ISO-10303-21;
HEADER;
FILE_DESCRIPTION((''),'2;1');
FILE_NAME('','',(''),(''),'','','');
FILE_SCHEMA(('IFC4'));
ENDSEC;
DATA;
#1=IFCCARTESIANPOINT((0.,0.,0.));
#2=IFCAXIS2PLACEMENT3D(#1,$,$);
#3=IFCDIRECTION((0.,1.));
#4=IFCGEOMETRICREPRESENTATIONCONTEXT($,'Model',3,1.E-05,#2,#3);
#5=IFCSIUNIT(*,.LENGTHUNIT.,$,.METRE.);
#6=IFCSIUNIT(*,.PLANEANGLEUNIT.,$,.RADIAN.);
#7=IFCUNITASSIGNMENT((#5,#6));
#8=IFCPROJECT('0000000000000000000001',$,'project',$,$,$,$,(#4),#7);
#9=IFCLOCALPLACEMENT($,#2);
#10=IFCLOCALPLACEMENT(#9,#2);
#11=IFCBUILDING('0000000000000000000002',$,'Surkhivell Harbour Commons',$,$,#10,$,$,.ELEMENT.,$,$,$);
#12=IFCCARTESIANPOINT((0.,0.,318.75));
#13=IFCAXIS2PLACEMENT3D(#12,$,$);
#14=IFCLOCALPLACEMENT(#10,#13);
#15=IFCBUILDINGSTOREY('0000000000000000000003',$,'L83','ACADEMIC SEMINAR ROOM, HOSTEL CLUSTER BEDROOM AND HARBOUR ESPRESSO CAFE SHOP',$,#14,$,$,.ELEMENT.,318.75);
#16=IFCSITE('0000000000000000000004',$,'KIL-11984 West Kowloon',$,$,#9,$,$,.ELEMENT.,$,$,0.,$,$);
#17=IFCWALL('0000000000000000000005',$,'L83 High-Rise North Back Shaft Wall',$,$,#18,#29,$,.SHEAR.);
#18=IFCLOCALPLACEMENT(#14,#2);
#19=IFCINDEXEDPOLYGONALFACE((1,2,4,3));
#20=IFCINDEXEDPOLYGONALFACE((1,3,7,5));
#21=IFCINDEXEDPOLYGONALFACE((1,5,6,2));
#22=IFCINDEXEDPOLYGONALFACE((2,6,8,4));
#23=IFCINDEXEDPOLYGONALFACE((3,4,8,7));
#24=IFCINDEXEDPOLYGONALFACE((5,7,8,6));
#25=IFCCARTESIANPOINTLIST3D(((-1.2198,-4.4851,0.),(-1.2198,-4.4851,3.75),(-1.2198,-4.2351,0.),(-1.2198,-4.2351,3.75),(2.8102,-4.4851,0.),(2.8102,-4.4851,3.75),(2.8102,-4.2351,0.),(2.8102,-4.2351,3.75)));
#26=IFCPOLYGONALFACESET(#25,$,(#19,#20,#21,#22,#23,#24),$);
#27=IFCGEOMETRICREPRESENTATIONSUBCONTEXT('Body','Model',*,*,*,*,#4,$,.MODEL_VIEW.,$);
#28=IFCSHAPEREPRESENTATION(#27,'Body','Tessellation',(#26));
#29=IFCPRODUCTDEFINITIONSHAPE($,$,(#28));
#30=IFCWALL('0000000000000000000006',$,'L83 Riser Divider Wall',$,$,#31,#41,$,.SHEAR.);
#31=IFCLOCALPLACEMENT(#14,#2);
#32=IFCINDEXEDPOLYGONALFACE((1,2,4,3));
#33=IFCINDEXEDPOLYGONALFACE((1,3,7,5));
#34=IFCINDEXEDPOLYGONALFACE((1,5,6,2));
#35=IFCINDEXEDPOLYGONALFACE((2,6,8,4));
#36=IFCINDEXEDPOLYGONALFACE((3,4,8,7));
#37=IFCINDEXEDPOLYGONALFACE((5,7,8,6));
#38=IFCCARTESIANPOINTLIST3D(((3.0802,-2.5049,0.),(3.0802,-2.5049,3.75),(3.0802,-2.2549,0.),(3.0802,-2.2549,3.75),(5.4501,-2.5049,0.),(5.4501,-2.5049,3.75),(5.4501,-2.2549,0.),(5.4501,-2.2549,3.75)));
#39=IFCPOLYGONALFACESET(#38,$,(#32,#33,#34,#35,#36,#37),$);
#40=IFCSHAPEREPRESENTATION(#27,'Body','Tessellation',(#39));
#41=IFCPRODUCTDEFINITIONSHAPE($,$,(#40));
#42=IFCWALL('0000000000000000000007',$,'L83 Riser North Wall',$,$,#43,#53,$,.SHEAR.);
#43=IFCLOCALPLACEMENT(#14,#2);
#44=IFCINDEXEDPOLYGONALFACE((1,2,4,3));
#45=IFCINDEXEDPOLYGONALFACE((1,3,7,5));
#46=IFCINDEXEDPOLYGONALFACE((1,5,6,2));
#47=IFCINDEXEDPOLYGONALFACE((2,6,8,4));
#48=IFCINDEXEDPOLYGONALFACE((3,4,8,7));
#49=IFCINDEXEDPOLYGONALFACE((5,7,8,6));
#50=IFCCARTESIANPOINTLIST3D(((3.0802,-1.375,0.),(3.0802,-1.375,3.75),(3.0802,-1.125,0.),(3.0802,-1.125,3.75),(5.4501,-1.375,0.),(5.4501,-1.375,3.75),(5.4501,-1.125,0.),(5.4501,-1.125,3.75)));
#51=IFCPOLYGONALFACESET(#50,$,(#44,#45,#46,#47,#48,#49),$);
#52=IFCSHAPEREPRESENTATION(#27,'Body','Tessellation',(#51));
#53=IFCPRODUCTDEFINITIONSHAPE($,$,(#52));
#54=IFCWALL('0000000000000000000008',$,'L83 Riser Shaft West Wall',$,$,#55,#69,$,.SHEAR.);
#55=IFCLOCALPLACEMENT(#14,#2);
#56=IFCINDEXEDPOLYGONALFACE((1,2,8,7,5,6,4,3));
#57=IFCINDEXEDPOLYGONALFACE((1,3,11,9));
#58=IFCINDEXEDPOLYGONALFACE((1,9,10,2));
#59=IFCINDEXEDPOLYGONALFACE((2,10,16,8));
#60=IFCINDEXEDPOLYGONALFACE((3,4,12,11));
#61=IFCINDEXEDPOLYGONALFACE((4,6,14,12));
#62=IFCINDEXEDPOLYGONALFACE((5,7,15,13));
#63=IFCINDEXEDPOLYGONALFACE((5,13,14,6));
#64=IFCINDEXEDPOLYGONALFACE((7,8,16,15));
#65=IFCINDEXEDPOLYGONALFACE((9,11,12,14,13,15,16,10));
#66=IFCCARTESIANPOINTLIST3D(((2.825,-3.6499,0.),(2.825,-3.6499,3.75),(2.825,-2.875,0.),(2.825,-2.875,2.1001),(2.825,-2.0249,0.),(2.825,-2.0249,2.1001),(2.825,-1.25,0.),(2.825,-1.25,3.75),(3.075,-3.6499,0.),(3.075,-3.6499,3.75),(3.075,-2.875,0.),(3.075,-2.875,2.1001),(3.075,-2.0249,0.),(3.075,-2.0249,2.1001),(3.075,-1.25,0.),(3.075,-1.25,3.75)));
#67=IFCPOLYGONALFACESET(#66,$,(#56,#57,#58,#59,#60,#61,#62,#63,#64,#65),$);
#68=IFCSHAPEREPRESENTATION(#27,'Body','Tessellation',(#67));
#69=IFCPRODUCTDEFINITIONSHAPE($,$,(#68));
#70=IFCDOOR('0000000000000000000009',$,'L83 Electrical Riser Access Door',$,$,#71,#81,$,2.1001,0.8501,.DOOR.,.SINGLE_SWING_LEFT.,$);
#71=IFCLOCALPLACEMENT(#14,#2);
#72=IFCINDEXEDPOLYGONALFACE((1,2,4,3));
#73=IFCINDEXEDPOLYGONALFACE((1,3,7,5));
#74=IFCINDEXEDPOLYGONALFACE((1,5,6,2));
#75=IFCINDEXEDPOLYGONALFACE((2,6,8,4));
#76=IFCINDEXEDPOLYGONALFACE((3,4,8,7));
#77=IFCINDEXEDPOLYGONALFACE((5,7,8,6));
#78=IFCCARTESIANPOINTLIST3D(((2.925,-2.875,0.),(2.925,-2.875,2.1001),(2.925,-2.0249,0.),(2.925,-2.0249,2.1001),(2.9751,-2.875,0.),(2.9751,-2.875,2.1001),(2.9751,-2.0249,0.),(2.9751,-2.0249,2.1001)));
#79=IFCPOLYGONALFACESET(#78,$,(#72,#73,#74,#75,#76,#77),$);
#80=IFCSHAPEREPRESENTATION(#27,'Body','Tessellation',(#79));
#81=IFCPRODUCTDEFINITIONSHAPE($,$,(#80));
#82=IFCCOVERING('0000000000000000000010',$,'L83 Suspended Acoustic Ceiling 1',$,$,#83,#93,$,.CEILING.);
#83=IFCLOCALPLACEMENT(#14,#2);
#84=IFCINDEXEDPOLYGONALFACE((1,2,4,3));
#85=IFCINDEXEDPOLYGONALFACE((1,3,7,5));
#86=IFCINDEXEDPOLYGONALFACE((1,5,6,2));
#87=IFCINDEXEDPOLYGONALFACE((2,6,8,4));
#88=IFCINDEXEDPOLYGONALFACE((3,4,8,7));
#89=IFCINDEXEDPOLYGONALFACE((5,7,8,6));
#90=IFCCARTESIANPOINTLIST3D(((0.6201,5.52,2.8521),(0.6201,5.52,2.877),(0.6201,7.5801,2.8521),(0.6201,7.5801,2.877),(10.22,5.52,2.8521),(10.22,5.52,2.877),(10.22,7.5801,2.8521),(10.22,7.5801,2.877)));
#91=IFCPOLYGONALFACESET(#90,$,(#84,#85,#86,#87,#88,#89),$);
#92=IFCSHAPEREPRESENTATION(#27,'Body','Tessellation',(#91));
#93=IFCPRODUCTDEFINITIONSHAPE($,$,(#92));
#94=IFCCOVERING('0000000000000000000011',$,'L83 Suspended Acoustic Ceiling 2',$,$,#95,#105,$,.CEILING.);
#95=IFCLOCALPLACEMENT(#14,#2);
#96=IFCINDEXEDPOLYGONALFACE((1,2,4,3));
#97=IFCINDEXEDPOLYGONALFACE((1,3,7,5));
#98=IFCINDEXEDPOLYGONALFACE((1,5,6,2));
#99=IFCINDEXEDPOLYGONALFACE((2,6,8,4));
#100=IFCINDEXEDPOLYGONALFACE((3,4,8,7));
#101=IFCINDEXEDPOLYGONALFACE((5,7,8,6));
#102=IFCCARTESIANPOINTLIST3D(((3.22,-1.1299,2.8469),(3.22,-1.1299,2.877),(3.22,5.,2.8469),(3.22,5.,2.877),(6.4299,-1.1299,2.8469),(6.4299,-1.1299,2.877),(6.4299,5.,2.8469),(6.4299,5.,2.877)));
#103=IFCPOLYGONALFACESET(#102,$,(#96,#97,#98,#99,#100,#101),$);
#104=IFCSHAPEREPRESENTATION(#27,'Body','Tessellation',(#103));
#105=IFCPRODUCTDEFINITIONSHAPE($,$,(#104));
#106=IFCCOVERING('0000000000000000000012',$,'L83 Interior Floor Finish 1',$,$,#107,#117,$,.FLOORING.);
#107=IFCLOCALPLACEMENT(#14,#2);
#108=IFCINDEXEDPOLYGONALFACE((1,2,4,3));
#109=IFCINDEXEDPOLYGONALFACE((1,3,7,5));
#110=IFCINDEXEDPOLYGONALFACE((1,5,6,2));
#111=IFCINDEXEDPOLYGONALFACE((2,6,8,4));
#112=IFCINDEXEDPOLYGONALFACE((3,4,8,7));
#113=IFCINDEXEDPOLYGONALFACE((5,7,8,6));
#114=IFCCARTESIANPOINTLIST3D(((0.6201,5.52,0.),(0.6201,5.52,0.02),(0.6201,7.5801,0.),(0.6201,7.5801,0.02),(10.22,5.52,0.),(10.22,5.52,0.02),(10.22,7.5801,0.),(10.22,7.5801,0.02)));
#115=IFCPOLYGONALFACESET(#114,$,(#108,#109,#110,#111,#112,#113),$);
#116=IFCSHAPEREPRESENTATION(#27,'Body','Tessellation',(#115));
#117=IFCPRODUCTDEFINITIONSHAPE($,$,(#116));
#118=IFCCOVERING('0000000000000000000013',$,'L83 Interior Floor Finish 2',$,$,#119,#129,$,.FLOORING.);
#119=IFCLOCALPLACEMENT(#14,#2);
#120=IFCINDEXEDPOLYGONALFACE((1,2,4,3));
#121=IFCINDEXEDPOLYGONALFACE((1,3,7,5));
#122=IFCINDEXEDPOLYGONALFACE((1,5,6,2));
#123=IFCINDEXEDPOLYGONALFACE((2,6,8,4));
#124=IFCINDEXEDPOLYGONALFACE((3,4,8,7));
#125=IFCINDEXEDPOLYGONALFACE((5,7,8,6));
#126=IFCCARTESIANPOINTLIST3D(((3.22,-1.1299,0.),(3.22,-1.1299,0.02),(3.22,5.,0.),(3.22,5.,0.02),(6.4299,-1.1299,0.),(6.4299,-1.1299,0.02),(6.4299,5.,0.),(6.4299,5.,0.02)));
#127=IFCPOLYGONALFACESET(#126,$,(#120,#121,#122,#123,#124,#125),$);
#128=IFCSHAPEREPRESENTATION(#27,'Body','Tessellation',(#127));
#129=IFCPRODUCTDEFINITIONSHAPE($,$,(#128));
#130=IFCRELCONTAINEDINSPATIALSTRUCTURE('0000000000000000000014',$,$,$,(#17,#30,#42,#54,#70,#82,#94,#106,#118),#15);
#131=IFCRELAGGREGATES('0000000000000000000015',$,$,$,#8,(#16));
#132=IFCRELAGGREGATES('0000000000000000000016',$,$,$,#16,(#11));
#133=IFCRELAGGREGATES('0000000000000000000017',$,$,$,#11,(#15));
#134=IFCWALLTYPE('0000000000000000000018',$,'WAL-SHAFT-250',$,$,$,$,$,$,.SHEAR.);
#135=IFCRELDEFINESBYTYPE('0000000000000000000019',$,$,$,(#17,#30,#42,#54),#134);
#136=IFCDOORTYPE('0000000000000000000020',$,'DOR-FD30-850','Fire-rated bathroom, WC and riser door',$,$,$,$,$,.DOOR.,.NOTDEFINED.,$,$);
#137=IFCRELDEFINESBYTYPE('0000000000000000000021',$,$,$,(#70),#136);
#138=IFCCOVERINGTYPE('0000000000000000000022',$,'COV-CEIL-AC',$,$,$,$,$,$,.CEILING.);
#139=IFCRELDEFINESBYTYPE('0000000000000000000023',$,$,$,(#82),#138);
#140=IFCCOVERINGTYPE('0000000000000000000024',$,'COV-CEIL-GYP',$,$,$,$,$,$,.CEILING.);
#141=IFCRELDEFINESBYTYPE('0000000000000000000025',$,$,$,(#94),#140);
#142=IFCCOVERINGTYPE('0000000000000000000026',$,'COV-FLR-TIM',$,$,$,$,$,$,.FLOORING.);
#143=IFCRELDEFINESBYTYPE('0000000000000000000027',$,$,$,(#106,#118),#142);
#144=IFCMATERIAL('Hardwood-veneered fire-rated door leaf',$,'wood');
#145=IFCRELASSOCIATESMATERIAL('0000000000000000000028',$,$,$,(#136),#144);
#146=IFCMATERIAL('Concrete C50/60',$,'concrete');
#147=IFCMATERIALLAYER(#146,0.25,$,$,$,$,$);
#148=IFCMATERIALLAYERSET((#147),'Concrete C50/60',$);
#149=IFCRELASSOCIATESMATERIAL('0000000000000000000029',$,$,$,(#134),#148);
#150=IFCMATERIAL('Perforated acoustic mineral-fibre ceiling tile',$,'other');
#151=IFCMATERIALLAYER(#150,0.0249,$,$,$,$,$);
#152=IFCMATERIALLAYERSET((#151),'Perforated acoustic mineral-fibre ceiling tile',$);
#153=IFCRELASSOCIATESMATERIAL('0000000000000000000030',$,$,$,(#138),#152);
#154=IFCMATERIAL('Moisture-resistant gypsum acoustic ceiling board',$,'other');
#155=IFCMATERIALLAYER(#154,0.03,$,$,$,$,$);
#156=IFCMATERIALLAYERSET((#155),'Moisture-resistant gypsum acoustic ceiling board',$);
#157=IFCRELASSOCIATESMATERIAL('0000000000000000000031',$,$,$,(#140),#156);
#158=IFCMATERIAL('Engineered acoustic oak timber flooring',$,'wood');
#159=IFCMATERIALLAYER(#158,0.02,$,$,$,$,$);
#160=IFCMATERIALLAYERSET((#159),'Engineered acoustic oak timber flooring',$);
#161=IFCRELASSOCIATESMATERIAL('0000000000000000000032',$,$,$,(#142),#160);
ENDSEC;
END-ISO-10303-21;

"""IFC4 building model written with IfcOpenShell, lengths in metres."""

from ifc_helpers import new_model, si_unit, direction, frame, frame_2d, origin, place, context, subcontext, project, spatial, polyline, rectangle, outline, extrude, material, layer, layer_set, type_object, element, fill, save


model = new_model("IFC4")

# Units and contexts
model_context = context("Model", 3, precision=1e-05, world=origin(), true_north=direction((0.0, 1.0)))
body_context = subcontext(model_context, "Body", "Model", "MODEL_VIEW")
ifc_project = project(units=[si_unit("LENGTHUNIT", "METRE"), si_unit("PLANEANGLEUNIT", "RADIAN")], contexts=[model_context])

# Site, building, storey
site_placement = place(None, origin())
site = spatial("IfcSite", under=ifc_project, at=site_placement, Name="KIL-11984 West Kowloon", CompositionType="ELEMENT", RefElevation=0.0)
building_placement = place(site_placement, origin())
building = spatial("IfcBuilding", under=site, at=building_placement, Name="Surkhivell Harbour Commons", CompositionType="ELEMENT")
storey_placement = place(building_placement, frame((0.0, 0.0, 318.75)))
storey = spatial("IfcBuildingStorey", under=building, at=storey_placement, Name="L83", Description="ACADEMIC SEMINAR ROOM, HOSTEL CLUSTER BEDROOM AND HARBOUR ESPRESSO CAFE SHOP", CompositionType="ELEMENT", Elevation=318.75)

# Shared definitions
ifc_material_1 = material(Name="Hardwood-veneered fire-rated door leaf", Category="wood")
door_type_1 = type_object("IfcDoorType", Name="DOR-FD30-850", Description="Fire-rated bathroom, WC and riser door", OperationType="NOTDEFINED", PredefinedType="DOOR", material=ifc_material_1)

# Shared definitions
ifc_material_2 = material(Name="Concrete C50/60", Category="concrete")
ifc_layer_1 = layer(ifc_material_2, 0.25)
ifc_layer_set_1 = layer_set([ifc_layer_1], Name="Concrete C50/60")
wall_type_1 = type_object("IfcWallType", Name="WAL-SHAFT-250", PredefinedType="SHEAR", material=ifc_layer_set_1)

# Walls
wall_1_placement = place(storey_placement, frame((-1.22, -4.3601, 0.0), z_axis=(0.0, 0.0, 1.0), x_axis=(1.0, 0.0, 0.0)))
element("IfcWall", 1, at=wall_1_placement, inside=storey, type_object=wall_type_1, Name="L83 High-Rise North Back Shaft Wall", PredefinedType="SHEAR", context=body_context, shape_type="SweptSolid", body=[
    extrude(rectangle(XDim=4.03, YDim=0.25, at=frame_2d((2.0151, 0.0))), origin(), (0.0, 0.0, 1.0), 3.75),
])
for number, where, z_axis, x_axis, name in (
    (2, (3.0801, -2.3799, 0.0), (0.0, 0.0, 1.0), (1.0, 0.0, 0.0), "L83 Riser Divider Wall"),
    (3, (3.0801, -1.25, 0.0), (0.0, 0.0, 1.0), (1.0, 0.0, 0.0), "L83 Riser North Wall"),
):
    element("IfcWall", number, at=place(storey_placement, frame(where, z_axis=z_axis, x_axis=x_axis)), inside=storey, type_object=wall_type_1, Name=name, PredefinedType="SHEAR", context=body_context, shape_type="SweptSolid", body=[
        extrude(rectangle(XDim=2.3699, YDim=0.25, at=frame_2d((1.1851, 0.0))), origin(), (0.0, 0.0, 1.0), 3.75),
    ])

# Wall, opening, door
wall_2_placement = place(storey_placement, frame((2.95, -3.6499, 0.0), z_axis=(0.0, 0.0, 1.0), x_axis=(0.0, 1.0, 0.0)))
wall_2 = element("IfcWall", 4, at=wall_2_placement, inside=storey, type_object=wall_type_1, Name="L83 Riser Shaft West Wall", PredefinedType="SHEAR", context=body_context, shape_type="SweptSolid", body=[
    extrude(rectangle(XDim=2.3999, YDim=0.25, at=frame_2d((1.2, 0.0))), origin(), (0.0, 0.0, 1.0), 3.75),
])
opening_1_placement = place(wall_2_placement, frame((0.7749, 0.0, 0.0)))
opening_1 = element("IfcOpeningElement", 5, at=opening_1_placement, cuts=wall_2, PredefinedType="OPENING", context=body_context, shape_type="SweptSolid", body=[
    extrude(rectangle(XDim=0.8501, YDim=2.1001, at=frame_2d((0.425, 1.05))), frame((0.0, 0.135, 0.0), z_axis=(0.0, -1.0, 0.0), x_axis=(1.0, 0.0, 0.0)), (0.0, 0.0, 1.0), 0.27),
])
door_1_placement = place(opening_1_placement, origin())
door_1 = element("IfcDoor", 6, at=door_1_placement, inside=storey, type_object=door_type_1, Name="L83 Electrical Riser Access Door", OperationType="SINGLE_SWING_LEFT", OverallHeight=2.1001, OverallWidth=0.8501, PredefinedType="DOOR", context=body_context, shape_type="SweptSolid", body=[
    extrude(rectangle(XDim=0.8501, YDim=2.1001, at=frame_2d((0.425, 1.05))), frame((0.0, 0.0249, 0.0), z_axis=(0.0, -1.0, 0.0), x_axis=(1.0, 0.0, 0.0)), (0.0, 0.0, 1.0), 0.05),
])
fill(opening_1, door_1)

# Coverings
ifc_material_3 = material(Name="Perforated acoustic mineral-fibre ceiling tile", Category="other")
ifc_layer_2 = layer(ifc_material_3, 0.0249)
ifc_layer_set_2 = layer_set([ifc_layer_2], Name="Perforated acoustic mineral-fibre ceiling tile")
covering_type_1 = type_object("IfcCoveringType", Name="COV-CEIL-AC", PredefinedType="CEILING", material=ifc_layer_set_2)
covering_1_placement = place(storey_placement, frame((0.0, 0.0, 2.8521)))
element("IfcCovering", 7, at=covering_1_placement, inside=storey, type_object=covering_type_1, Name="L83 Suspended Acoustic Ceiling 1", PredefinedType="CEILING", context=body_context, shape_type="SweptSolid", body=[
    extrude(outline(polyline([(0.6201, 5.52), (10.22, 5.52), (10.22, 7.5801), (0.6201, 7.5801), (0.6201, 5.52)])), origin(), (0.0, 0.0, 1.0), 0.0249),
])
ifc_material_4 = material(Name="Moisture-resistant gypsum acoustic ceiling board", Category="other")
ifc_layer_3 = layer(ifc_material_4, 0.03)
ifc_layer_set_3 = layer_set([ifc_layer_3], Name="Moisture-resistant gypsum acoustic ceiling board")
covering_type_2 = type_object("IfcCoveringType", Name="COV-CEIL-GYP", PredefinedType="CEILING", material=ifc_layer_set_3)
covering_2_placement = place(storey_placement, frame((0.0, 0.0, 2.8469)))
element("IfcCovering", 8, at=covering_2_placement, inside=storey, type_object=covering_type_2, Name="L83 Suspended Acoustic Ceiling 2", PredefinedType="CEILING", context=body_context, shape_type="SweptSolid", body=[
    extrude(outline(polyline([(3.22, -1.1299), (6.4299, -1.1299), (6.4299, 5.0), (3.22, 5.0), (3.22, -1.1299)])), origin(), (0.0, 0.0, 1.0), 0.03),
])
ifc_material_5 = material(Name="Engineered acoustic oak timber flooring", Category="wood")
ifc_layer_4 = layer(ifc_material_5, 0.02)
ifc_layer_set_4 = layer_set([ifc_layer_4], Name="Engineered acoustic oak timber flooring")
covering_type_3 = type_object("IfcCoveringType", Name="COV-FLR-TIM", PredefinedType="FLOORING", material=ifc_layer_set_4)
covering_3_placement = place(storey_placement, origin())
element("IfcCovering", 9, at=covering_3_placement, inside=storey, type_object=covering_type_3, Name="L83 Interior Floor Finish 1", PredefinedType="FLOORING", context=body_context, shape_type="SweptSolid", body=[
    extrude(outline(polyline([(0.6201, 5.52), (10.22, 5.52), (10.22, 7.5801), (0.6201, 7.5801), (0.6201, 5.52)])), origin(), (0.0, 0.0, 1.0), 0.02),
])
covering_4_placement = place(storey_placement, origin())
element("IfcCovering", 10, at=covering_4_placement, inside=storey, type_object=covering_type_3, Name="L83 Interior Floor Finish 2", PredefinedType="FLOORING", context=body_context, shape_type="SweptSolid", body=[
    extrude(outline(polyline([(3.22, -1.1299), (6.4299, -1.1299), (6.4299, 5.0), (3.22, 5.0), (3.22, -1.1299)])), origin(), (0.0, 0.0, 1.0), 0.02),
])

save(model, "model.ifc")
